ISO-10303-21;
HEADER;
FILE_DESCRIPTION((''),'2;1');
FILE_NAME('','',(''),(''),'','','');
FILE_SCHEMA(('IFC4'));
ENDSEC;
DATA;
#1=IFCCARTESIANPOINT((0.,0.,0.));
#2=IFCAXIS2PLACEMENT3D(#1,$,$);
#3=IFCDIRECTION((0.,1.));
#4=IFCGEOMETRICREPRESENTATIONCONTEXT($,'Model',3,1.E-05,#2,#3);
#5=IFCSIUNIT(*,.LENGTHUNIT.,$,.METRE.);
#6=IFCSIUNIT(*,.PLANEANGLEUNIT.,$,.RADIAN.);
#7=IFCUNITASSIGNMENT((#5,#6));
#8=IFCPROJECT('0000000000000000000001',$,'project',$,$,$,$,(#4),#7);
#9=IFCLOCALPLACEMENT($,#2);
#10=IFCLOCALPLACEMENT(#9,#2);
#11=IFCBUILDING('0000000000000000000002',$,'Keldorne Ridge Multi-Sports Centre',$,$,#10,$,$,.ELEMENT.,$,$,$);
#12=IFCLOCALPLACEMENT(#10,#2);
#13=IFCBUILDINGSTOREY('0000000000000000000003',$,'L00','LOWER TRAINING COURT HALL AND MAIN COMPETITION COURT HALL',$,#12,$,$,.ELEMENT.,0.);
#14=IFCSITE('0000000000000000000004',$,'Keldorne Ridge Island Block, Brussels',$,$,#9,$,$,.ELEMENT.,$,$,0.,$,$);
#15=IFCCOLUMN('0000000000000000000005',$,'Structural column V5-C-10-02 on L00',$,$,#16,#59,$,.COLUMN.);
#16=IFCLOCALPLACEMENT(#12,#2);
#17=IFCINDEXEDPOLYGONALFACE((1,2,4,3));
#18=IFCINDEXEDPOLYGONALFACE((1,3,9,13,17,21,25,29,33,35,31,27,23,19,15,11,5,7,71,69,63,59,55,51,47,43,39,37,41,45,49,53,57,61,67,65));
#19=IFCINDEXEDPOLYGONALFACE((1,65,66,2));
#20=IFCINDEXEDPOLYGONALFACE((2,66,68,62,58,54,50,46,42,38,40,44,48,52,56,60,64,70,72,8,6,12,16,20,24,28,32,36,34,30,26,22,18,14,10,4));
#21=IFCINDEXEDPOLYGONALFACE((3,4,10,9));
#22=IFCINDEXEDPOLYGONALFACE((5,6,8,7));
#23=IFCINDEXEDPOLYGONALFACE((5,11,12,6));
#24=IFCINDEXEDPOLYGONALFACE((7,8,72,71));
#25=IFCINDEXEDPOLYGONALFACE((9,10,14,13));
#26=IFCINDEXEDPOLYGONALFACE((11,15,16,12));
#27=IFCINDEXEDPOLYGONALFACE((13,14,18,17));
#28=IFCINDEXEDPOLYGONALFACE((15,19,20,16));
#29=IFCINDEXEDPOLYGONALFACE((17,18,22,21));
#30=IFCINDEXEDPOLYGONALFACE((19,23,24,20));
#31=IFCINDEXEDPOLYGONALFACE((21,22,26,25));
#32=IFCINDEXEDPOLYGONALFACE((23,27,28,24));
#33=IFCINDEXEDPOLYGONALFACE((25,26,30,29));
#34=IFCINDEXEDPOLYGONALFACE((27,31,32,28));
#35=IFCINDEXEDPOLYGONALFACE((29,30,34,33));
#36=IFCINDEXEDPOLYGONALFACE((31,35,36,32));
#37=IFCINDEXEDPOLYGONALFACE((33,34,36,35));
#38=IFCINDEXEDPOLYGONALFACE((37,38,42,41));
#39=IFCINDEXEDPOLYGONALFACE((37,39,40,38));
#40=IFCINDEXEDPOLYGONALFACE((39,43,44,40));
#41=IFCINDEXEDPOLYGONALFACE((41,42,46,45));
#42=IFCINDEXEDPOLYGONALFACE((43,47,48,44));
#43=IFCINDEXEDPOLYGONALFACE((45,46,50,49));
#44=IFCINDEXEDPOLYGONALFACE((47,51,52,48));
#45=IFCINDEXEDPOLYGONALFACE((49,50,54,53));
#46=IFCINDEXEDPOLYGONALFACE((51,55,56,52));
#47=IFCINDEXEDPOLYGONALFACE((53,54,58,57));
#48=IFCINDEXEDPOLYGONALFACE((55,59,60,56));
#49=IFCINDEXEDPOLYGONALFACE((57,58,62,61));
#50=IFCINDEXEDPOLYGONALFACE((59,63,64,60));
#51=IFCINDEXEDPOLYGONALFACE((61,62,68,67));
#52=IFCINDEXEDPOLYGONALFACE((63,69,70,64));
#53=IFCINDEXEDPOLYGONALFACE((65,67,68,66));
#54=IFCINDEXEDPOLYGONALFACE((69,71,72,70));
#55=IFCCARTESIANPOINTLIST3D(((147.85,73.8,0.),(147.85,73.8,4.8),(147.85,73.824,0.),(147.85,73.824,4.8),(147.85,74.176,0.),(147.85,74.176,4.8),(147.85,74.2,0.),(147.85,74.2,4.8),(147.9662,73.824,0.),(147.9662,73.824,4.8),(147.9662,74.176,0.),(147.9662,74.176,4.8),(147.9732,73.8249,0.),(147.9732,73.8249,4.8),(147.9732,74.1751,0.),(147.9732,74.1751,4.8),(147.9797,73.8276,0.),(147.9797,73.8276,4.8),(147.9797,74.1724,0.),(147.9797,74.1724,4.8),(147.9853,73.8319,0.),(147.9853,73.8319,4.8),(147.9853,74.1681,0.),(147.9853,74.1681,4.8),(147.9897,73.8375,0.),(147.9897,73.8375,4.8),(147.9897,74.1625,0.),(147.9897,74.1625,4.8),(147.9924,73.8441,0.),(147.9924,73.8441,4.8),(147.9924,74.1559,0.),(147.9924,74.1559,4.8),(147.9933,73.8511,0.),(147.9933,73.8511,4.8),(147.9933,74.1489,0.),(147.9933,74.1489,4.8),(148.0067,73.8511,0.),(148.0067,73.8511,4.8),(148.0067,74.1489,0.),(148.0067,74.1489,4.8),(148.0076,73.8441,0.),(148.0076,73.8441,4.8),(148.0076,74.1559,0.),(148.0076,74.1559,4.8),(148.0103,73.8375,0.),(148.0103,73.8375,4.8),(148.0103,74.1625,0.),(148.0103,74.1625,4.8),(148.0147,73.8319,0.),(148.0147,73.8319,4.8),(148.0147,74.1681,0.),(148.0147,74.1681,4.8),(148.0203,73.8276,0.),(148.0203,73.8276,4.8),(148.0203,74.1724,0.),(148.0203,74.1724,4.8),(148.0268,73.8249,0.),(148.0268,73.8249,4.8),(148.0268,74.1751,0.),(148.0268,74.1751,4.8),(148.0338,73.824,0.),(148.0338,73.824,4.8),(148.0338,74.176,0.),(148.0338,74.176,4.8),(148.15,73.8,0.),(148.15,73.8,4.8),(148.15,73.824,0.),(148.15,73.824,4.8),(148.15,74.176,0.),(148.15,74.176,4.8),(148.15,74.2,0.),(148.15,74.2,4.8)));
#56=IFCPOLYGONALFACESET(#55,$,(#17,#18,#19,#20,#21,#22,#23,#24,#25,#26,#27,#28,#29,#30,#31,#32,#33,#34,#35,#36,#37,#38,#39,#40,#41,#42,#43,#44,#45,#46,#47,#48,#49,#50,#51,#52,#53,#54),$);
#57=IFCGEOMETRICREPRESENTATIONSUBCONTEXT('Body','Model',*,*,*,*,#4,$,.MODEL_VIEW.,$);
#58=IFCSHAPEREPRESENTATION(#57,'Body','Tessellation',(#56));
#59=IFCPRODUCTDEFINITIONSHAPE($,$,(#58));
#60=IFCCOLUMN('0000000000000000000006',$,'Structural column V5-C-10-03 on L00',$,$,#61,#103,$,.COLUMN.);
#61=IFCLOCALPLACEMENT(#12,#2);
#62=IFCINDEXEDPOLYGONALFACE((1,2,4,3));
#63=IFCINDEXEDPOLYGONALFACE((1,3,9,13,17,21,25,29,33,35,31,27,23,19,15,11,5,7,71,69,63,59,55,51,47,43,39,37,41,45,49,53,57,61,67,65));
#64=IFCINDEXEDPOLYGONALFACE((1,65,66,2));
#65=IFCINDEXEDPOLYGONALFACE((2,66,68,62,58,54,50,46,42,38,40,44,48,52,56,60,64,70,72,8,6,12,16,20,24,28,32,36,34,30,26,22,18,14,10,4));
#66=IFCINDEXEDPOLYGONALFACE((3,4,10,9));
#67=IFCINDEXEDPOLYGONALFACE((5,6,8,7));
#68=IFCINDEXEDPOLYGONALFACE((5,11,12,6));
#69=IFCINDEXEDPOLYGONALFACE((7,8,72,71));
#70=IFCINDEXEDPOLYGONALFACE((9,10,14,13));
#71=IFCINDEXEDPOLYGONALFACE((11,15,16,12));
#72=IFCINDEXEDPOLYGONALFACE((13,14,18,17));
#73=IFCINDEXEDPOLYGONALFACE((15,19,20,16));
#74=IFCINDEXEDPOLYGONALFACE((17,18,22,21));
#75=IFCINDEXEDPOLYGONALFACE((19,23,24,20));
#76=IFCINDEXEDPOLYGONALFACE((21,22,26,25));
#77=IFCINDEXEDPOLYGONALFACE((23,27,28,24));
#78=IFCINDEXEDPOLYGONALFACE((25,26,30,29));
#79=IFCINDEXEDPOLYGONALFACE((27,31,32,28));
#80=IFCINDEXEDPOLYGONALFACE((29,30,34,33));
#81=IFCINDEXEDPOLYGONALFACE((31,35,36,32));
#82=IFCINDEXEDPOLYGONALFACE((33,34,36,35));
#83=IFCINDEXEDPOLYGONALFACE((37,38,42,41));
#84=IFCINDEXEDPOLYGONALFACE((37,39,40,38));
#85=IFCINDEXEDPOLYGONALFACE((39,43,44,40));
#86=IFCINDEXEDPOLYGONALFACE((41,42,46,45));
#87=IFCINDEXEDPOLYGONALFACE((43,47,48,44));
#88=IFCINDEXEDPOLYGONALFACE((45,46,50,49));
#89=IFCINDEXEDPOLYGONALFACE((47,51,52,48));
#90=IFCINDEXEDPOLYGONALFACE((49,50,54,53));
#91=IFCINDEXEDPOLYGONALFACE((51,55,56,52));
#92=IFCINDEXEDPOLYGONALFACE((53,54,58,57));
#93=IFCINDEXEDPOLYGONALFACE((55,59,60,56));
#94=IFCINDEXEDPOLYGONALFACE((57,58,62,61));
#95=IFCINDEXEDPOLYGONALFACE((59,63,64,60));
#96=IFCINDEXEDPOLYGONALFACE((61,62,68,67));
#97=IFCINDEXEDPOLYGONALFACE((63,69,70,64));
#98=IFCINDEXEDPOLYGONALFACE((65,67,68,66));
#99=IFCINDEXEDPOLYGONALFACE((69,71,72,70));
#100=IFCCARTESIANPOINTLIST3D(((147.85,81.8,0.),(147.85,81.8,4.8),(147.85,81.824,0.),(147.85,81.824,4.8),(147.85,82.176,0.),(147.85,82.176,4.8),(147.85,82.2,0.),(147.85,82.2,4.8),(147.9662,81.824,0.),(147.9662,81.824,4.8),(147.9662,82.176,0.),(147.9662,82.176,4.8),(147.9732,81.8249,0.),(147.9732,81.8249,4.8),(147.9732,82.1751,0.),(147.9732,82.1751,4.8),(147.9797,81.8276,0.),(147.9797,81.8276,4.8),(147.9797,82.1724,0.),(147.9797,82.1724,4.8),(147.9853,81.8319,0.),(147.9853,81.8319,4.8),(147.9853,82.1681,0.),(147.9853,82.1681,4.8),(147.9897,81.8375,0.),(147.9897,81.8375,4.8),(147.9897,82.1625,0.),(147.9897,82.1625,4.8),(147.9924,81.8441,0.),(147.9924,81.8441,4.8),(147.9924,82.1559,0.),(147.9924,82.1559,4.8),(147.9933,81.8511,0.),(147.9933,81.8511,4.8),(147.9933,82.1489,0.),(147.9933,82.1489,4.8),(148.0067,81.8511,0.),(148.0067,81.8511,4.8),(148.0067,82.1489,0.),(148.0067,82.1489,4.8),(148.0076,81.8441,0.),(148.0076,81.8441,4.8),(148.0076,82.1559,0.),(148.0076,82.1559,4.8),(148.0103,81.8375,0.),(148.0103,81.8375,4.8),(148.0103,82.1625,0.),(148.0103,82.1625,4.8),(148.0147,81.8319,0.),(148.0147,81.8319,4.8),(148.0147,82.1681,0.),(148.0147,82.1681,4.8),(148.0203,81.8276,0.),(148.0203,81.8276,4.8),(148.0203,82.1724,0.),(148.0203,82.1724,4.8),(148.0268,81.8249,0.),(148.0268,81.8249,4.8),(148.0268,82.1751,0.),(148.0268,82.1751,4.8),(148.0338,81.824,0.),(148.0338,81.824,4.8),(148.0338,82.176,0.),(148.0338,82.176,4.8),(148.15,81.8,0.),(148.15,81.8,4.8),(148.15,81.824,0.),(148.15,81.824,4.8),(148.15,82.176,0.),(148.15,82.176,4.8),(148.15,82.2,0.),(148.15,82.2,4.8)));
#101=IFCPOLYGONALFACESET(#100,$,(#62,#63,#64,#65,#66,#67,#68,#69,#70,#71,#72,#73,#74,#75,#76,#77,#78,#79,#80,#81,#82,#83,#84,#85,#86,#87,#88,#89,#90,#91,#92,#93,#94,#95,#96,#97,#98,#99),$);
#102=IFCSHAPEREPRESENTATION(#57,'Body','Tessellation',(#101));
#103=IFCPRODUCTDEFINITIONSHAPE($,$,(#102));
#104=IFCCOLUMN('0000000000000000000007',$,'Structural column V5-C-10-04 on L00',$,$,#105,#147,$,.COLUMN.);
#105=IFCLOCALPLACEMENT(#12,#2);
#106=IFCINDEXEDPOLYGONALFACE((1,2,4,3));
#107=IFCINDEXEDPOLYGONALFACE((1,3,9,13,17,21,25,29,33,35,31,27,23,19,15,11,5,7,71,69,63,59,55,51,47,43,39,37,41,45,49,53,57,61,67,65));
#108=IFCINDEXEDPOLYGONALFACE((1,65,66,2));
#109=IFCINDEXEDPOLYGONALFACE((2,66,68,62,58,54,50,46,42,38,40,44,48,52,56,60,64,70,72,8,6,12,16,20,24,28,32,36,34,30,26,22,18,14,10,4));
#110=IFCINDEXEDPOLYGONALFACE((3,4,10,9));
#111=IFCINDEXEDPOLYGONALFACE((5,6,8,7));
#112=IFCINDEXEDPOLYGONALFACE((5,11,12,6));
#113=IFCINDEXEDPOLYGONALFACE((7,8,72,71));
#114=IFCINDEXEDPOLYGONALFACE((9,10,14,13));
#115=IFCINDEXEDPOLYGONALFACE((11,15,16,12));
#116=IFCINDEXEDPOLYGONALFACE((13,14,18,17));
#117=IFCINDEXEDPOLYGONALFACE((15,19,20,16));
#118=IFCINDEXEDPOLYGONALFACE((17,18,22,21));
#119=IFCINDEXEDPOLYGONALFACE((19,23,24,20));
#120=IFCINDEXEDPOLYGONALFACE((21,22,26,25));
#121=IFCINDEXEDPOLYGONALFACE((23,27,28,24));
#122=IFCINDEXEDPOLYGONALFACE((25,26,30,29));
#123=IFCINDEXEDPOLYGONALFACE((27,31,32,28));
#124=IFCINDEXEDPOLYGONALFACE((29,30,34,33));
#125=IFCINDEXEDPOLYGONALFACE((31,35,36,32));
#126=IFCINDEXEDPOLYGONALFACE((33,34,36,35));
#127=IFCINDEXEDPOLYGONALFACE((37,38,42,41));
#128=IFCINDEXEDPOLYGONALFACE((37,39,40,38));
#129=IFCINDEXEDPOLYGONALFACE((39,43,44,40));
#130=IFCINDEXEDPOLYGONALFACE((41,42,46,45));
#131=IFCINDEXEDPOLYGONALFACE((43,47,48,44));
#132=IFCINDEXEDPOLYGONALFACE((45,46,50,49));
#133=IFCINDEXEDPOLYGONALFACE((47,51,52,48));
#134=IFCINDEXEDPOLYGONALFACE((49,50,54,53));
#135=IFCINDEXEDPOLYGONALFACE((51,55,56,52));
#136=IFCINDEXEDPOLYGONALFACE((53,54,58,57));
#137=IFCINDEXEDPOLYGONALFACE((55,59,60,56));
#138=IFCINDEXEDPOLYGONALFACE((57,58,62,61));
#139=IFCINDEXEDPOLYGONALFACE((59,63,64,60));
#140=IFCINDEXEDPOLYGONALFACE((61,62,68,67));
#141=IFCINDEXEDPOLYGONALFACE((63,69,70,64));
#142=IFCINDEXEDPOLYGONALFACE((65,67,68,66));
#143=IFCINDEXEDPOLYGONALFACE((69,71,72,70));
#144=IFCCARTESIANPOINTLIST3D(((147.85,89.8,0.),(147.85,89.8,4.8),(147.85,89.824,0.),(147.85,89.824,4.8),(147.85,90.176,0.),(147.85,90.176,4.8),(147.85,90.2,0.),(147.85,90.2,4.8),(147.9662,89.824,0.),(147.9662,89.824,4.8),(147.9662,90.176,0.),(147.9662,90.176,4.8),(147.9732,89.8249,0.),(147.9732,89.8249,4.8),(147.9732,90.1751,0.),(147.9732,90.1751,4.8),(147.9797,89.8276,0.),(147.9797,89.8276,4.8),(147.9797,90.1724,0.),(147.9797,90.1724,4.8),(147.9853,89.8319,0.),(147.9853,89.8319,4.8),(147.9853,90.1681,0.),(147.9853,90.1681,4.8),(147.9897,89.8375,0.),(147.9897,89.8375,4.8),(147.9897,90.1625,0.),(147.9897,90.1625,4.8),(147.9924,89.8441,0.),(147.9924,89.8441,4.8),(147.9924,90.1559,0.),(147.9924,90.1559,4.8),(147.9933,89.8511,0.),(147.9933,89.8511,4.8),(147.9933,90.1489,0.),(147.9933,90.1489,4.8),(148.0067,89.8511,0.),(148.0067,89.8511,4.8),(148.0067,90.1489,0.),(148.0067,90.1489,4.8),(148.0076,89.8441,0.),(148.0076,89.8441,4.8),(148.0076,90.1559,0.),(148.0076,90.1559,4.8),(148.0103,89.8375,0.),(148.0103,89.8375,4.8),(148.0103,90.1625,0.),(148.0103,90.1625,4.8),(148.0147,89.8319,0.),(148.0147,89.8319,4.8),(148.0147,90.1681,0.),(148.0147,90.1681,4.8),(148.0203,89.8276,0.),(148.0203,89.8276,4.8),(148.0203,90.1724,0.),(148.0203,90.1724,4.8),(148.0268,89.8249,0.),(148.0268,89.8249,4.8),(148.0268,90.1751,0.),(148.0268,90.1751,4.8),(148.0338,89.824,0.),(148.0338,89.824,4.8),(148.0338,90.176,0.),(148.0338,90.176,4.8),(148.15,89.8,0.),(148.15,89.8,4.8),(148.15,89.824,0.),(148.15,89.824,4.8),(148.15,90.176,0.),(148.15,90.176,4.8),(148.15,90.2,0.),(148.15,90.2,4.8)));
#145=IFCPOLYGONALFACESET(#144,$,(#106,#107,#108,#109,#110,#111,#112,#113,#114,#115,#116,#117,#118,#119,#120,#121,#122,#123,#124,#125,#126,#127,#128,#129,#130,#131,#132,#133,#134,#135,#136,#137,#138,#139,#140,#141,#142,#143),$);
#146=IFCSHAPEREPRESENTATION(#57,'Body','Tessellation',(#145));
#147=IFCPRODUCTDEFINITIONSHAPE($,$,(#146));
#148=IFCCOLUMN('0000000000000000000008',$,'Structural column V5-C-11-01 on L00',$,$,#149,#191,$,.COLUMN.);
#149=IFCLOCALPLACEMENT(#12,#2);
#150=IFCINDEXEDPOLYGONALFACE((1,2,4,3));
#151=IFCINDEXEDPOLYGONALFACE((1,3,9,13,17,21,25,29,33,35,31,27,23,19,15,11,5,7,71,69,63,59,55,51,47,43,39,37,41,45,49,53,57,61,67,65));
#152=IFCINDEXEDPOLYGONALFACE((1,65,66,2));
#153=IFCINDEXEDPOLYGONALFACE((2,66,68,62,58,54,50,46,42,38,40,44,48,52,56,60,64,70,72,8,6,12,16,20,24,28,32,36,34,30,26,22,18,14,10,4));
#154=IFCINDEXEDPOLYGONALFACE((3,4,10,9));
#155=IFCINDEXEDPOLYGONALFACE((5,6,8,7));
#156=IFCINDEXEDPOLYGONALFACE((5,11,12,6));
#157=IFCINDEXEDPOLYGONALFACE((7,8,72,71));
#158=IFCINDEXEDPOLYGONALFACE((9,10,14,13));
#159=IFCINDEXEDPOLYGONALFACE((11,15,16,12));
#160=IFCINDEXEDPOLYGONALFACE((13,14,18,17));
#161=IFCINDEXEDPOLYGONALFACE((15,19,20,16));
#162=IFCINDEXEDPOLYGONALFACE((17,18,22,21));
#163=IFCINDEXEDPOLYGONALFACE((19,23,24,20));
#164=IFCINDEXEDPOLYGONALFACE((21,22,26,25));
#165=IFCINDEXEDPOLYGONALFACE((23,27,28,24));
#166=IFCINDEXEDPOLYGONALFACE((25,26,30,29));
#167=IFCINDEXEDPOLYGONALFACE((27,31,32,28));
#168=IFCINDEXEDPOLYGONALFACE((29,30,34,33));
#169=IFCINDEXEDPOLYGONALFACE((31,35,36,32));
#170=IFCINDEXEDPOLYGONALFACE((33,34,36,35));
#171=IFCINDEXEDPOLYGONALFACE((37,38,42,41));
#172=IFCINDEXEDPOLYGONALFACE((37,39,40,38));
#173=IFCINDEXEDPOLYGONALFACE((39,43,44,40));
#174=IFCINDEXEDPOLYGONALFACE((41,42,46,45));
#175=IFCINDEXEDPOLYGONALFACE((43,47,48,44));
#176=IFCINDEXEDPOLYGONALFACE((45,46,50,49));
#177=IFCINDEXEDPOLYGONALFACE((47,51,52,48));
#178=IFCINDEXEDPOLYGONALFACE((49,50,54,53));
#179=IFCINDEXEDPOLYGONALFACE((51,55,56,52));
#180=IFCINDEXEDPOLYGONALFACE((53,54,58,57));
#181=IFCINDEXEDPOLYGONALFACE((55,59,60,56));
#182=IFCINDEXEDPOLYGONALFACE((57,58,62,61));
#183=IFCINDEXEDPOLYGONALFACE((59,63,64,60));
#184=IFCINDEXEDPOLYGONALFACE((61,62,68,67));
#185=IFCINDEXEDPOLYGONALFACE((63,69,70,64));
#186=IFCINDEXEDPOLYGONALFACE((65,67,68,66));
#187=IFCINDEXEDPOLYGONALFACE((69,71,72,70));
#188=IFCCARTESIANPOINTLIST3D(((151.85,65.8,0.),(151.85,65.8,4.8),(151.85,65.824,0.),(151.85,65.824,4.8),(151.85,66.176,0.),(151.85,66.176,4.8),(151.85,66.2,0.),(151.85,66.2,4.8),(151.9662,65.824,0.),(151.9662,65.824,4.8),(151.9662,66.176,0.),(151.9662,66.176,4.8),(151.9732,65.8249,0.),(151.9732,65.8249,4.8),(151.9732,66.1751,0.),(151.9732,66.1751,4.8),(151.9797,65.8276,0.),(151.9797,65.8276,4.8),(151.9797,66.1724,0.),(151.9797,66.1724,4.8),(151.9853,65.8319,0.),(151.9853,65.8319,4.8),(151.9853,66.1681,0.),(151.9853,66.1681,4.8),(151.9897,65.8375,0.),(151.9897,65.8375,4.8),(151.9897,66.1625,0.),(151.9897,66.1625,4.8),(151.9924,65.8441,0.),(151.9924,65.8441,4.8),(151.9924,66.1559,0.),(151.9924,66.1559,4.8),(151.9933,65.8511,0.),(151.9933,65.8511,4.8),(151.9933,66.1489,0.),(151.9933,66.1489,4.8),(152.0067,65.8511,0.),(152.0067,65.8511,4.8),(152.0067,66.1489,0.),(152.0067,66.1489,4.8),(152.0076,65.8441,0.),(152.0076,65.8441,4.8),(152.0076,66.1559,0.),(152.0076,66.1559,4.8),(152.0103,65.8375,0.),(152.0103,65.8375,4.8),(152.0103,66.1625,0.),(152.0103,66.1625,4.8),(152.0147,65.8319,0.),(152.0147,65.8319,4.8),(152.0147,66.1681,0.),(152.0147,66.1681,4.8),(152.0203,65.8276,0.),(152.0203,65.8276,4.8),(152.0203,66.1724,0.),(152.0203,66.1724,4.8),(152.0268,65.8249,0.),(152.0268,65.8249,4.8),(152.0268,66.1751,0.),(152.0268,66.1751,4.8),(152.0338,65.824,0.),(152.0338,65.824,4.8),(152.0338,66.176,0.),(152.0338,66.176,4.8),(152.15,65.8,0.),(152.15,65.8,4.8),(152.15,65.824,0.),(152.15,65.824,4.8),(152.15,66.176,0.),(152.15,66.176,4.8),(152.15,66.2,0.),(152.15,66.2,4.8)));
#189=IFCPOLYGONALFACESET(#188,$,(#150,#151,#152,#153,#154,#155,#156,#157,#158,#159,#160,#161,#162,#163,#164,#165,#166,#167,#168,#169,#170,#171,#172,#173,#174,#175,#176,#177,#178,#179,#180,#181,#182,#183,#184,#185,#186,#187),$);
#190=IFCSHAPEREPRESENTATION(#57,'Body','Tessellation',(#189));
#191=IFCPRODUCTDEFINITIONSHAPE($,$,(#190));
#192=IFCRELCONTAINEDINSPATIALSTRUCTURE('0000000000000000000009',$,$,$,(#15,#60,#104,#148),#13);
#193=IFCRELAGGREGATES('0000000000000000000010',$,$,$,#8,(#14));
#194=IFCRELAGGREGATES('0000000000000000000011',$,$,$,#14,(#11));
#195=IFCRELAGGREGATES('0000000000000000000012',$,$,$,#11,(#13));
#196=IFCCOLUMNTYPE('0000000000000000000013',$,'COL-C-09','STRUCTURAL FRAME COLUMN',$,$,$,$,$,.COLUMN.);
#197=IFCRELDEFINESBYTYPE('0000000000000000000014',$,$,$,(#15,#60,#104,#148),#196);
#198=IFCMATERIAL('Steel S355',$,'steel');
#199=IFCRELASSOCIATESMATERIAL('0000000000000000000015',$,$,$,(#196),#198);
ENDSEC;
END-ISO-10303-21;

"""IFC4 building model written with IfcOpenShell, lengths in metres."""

from ifc_helpers import new_model, si_unit, direction, frame, origin, origin_2d, place, context, subcontext, project, spatial, i_section, extrude, material, material_profile, profile_set, type_object, element, save


model = new_model("IFC4")

# Units and contexts
model_context = context("Model", 3, precision=1e-05, world=origin(), true_north=direction((0.0, 1.0)))
body_context = subcontext(model_context, "Body", "Model", "MODEL_VIEW")
ifc_project = project(units=[si_unit("LENGTHUNIT", "METRE"), si_unit("PLANEANGLEUNIT", "RADIAN")], contexts=[model_context])

# Site, building, storey
site_placement = place(None, origin())
site = spatial("IfcSite", under=ifc_project, at=site_placement, Name="Keldorne Ridge Island Block, Brussels", CompositionType="ELEMENT", RefElevation=0.0)
building_placement = place(site_placement, origin())
building = spatial("IfcBuilding", under=site, at=building_placement, Name="Keldorne Ridge Multi-Sports Centre", CompositionType="ELEMENT")
storey_placement = place(building_placement, origin())
storey = spatial("IfcBuildingStorey", under=building, at=storey_placement, Name="L00", Description="LOWER TRAINING COURT HALL AND MAIN COMPETITION COURT HALL", CompositionType="ELEMENT", Elevation=0.0)

# Columns
ifc_material_1 = material(Name="Steel S355", Category="steel")
ifc_material_profile_1 = material_profile(ifc_material_1, i_section(OverallWidth=0.3, OverallDepth=0.3999, WebThickness=0.0134, FlangeThickness=0.0239, FilletRadius=0.0271, at=origin_2d()), Name="HEB 400")
ifc_profile_set_1 = profile_set([ifc_material_profile_1], Name="Steel S355")
column_type = type_object("IfcColumnType", Name="COL-C-09", Description="STRUCTURAL FRAME COLUMN", PredefinedType="COLUMN", material=ifc_profile_set_1)
for number, where, z_axis, x_axis, name in (
    (1, (148.0, 74.0, 0.0), (0.0, 0.0, 1.0), (1.0, 0.0, 0.0), "Structural column V5-C-10-02 on L00"),
    (2, (148.0, 82.0, 0.0), (0.0, 0.0, 1.0), (1.0, 0.0, 0.0), "Structural column V5-C-10-03 on L00"),
    (3, (148.0, 90.0, 0.0), (0.0, 0.0, 1.0), (1.0, 0.0, 0.0), "Structural column V5-C-10-04 on L00"),
    (4, (152.0, 66.0, 0.0), (0.0, 0.0, 1.0), (1.0, 0.0, 0.0), "Structural column V5-C-11-01 on L00"),
):
    element("IfcColumn", number, at=place(storey_placement, frame(where, z_axis=z_axis, x_axis=x_axis)), inside=storey, type_object=column_type, Name=name, PredefinedType="COLUMN", context=body_context, shape_type="SweptSolid", body=[
        extrude(i_section(OverallWidth=0.3, OverallDepth=0.3999, WebThickness=0.0134, FlangeThickness=0.0239, FilletRadius=0.0271, at=origin_2d()), origin(), (0.0, 0.0, 1.0), 4.8),
    ])

save(model, "model.ifc")
